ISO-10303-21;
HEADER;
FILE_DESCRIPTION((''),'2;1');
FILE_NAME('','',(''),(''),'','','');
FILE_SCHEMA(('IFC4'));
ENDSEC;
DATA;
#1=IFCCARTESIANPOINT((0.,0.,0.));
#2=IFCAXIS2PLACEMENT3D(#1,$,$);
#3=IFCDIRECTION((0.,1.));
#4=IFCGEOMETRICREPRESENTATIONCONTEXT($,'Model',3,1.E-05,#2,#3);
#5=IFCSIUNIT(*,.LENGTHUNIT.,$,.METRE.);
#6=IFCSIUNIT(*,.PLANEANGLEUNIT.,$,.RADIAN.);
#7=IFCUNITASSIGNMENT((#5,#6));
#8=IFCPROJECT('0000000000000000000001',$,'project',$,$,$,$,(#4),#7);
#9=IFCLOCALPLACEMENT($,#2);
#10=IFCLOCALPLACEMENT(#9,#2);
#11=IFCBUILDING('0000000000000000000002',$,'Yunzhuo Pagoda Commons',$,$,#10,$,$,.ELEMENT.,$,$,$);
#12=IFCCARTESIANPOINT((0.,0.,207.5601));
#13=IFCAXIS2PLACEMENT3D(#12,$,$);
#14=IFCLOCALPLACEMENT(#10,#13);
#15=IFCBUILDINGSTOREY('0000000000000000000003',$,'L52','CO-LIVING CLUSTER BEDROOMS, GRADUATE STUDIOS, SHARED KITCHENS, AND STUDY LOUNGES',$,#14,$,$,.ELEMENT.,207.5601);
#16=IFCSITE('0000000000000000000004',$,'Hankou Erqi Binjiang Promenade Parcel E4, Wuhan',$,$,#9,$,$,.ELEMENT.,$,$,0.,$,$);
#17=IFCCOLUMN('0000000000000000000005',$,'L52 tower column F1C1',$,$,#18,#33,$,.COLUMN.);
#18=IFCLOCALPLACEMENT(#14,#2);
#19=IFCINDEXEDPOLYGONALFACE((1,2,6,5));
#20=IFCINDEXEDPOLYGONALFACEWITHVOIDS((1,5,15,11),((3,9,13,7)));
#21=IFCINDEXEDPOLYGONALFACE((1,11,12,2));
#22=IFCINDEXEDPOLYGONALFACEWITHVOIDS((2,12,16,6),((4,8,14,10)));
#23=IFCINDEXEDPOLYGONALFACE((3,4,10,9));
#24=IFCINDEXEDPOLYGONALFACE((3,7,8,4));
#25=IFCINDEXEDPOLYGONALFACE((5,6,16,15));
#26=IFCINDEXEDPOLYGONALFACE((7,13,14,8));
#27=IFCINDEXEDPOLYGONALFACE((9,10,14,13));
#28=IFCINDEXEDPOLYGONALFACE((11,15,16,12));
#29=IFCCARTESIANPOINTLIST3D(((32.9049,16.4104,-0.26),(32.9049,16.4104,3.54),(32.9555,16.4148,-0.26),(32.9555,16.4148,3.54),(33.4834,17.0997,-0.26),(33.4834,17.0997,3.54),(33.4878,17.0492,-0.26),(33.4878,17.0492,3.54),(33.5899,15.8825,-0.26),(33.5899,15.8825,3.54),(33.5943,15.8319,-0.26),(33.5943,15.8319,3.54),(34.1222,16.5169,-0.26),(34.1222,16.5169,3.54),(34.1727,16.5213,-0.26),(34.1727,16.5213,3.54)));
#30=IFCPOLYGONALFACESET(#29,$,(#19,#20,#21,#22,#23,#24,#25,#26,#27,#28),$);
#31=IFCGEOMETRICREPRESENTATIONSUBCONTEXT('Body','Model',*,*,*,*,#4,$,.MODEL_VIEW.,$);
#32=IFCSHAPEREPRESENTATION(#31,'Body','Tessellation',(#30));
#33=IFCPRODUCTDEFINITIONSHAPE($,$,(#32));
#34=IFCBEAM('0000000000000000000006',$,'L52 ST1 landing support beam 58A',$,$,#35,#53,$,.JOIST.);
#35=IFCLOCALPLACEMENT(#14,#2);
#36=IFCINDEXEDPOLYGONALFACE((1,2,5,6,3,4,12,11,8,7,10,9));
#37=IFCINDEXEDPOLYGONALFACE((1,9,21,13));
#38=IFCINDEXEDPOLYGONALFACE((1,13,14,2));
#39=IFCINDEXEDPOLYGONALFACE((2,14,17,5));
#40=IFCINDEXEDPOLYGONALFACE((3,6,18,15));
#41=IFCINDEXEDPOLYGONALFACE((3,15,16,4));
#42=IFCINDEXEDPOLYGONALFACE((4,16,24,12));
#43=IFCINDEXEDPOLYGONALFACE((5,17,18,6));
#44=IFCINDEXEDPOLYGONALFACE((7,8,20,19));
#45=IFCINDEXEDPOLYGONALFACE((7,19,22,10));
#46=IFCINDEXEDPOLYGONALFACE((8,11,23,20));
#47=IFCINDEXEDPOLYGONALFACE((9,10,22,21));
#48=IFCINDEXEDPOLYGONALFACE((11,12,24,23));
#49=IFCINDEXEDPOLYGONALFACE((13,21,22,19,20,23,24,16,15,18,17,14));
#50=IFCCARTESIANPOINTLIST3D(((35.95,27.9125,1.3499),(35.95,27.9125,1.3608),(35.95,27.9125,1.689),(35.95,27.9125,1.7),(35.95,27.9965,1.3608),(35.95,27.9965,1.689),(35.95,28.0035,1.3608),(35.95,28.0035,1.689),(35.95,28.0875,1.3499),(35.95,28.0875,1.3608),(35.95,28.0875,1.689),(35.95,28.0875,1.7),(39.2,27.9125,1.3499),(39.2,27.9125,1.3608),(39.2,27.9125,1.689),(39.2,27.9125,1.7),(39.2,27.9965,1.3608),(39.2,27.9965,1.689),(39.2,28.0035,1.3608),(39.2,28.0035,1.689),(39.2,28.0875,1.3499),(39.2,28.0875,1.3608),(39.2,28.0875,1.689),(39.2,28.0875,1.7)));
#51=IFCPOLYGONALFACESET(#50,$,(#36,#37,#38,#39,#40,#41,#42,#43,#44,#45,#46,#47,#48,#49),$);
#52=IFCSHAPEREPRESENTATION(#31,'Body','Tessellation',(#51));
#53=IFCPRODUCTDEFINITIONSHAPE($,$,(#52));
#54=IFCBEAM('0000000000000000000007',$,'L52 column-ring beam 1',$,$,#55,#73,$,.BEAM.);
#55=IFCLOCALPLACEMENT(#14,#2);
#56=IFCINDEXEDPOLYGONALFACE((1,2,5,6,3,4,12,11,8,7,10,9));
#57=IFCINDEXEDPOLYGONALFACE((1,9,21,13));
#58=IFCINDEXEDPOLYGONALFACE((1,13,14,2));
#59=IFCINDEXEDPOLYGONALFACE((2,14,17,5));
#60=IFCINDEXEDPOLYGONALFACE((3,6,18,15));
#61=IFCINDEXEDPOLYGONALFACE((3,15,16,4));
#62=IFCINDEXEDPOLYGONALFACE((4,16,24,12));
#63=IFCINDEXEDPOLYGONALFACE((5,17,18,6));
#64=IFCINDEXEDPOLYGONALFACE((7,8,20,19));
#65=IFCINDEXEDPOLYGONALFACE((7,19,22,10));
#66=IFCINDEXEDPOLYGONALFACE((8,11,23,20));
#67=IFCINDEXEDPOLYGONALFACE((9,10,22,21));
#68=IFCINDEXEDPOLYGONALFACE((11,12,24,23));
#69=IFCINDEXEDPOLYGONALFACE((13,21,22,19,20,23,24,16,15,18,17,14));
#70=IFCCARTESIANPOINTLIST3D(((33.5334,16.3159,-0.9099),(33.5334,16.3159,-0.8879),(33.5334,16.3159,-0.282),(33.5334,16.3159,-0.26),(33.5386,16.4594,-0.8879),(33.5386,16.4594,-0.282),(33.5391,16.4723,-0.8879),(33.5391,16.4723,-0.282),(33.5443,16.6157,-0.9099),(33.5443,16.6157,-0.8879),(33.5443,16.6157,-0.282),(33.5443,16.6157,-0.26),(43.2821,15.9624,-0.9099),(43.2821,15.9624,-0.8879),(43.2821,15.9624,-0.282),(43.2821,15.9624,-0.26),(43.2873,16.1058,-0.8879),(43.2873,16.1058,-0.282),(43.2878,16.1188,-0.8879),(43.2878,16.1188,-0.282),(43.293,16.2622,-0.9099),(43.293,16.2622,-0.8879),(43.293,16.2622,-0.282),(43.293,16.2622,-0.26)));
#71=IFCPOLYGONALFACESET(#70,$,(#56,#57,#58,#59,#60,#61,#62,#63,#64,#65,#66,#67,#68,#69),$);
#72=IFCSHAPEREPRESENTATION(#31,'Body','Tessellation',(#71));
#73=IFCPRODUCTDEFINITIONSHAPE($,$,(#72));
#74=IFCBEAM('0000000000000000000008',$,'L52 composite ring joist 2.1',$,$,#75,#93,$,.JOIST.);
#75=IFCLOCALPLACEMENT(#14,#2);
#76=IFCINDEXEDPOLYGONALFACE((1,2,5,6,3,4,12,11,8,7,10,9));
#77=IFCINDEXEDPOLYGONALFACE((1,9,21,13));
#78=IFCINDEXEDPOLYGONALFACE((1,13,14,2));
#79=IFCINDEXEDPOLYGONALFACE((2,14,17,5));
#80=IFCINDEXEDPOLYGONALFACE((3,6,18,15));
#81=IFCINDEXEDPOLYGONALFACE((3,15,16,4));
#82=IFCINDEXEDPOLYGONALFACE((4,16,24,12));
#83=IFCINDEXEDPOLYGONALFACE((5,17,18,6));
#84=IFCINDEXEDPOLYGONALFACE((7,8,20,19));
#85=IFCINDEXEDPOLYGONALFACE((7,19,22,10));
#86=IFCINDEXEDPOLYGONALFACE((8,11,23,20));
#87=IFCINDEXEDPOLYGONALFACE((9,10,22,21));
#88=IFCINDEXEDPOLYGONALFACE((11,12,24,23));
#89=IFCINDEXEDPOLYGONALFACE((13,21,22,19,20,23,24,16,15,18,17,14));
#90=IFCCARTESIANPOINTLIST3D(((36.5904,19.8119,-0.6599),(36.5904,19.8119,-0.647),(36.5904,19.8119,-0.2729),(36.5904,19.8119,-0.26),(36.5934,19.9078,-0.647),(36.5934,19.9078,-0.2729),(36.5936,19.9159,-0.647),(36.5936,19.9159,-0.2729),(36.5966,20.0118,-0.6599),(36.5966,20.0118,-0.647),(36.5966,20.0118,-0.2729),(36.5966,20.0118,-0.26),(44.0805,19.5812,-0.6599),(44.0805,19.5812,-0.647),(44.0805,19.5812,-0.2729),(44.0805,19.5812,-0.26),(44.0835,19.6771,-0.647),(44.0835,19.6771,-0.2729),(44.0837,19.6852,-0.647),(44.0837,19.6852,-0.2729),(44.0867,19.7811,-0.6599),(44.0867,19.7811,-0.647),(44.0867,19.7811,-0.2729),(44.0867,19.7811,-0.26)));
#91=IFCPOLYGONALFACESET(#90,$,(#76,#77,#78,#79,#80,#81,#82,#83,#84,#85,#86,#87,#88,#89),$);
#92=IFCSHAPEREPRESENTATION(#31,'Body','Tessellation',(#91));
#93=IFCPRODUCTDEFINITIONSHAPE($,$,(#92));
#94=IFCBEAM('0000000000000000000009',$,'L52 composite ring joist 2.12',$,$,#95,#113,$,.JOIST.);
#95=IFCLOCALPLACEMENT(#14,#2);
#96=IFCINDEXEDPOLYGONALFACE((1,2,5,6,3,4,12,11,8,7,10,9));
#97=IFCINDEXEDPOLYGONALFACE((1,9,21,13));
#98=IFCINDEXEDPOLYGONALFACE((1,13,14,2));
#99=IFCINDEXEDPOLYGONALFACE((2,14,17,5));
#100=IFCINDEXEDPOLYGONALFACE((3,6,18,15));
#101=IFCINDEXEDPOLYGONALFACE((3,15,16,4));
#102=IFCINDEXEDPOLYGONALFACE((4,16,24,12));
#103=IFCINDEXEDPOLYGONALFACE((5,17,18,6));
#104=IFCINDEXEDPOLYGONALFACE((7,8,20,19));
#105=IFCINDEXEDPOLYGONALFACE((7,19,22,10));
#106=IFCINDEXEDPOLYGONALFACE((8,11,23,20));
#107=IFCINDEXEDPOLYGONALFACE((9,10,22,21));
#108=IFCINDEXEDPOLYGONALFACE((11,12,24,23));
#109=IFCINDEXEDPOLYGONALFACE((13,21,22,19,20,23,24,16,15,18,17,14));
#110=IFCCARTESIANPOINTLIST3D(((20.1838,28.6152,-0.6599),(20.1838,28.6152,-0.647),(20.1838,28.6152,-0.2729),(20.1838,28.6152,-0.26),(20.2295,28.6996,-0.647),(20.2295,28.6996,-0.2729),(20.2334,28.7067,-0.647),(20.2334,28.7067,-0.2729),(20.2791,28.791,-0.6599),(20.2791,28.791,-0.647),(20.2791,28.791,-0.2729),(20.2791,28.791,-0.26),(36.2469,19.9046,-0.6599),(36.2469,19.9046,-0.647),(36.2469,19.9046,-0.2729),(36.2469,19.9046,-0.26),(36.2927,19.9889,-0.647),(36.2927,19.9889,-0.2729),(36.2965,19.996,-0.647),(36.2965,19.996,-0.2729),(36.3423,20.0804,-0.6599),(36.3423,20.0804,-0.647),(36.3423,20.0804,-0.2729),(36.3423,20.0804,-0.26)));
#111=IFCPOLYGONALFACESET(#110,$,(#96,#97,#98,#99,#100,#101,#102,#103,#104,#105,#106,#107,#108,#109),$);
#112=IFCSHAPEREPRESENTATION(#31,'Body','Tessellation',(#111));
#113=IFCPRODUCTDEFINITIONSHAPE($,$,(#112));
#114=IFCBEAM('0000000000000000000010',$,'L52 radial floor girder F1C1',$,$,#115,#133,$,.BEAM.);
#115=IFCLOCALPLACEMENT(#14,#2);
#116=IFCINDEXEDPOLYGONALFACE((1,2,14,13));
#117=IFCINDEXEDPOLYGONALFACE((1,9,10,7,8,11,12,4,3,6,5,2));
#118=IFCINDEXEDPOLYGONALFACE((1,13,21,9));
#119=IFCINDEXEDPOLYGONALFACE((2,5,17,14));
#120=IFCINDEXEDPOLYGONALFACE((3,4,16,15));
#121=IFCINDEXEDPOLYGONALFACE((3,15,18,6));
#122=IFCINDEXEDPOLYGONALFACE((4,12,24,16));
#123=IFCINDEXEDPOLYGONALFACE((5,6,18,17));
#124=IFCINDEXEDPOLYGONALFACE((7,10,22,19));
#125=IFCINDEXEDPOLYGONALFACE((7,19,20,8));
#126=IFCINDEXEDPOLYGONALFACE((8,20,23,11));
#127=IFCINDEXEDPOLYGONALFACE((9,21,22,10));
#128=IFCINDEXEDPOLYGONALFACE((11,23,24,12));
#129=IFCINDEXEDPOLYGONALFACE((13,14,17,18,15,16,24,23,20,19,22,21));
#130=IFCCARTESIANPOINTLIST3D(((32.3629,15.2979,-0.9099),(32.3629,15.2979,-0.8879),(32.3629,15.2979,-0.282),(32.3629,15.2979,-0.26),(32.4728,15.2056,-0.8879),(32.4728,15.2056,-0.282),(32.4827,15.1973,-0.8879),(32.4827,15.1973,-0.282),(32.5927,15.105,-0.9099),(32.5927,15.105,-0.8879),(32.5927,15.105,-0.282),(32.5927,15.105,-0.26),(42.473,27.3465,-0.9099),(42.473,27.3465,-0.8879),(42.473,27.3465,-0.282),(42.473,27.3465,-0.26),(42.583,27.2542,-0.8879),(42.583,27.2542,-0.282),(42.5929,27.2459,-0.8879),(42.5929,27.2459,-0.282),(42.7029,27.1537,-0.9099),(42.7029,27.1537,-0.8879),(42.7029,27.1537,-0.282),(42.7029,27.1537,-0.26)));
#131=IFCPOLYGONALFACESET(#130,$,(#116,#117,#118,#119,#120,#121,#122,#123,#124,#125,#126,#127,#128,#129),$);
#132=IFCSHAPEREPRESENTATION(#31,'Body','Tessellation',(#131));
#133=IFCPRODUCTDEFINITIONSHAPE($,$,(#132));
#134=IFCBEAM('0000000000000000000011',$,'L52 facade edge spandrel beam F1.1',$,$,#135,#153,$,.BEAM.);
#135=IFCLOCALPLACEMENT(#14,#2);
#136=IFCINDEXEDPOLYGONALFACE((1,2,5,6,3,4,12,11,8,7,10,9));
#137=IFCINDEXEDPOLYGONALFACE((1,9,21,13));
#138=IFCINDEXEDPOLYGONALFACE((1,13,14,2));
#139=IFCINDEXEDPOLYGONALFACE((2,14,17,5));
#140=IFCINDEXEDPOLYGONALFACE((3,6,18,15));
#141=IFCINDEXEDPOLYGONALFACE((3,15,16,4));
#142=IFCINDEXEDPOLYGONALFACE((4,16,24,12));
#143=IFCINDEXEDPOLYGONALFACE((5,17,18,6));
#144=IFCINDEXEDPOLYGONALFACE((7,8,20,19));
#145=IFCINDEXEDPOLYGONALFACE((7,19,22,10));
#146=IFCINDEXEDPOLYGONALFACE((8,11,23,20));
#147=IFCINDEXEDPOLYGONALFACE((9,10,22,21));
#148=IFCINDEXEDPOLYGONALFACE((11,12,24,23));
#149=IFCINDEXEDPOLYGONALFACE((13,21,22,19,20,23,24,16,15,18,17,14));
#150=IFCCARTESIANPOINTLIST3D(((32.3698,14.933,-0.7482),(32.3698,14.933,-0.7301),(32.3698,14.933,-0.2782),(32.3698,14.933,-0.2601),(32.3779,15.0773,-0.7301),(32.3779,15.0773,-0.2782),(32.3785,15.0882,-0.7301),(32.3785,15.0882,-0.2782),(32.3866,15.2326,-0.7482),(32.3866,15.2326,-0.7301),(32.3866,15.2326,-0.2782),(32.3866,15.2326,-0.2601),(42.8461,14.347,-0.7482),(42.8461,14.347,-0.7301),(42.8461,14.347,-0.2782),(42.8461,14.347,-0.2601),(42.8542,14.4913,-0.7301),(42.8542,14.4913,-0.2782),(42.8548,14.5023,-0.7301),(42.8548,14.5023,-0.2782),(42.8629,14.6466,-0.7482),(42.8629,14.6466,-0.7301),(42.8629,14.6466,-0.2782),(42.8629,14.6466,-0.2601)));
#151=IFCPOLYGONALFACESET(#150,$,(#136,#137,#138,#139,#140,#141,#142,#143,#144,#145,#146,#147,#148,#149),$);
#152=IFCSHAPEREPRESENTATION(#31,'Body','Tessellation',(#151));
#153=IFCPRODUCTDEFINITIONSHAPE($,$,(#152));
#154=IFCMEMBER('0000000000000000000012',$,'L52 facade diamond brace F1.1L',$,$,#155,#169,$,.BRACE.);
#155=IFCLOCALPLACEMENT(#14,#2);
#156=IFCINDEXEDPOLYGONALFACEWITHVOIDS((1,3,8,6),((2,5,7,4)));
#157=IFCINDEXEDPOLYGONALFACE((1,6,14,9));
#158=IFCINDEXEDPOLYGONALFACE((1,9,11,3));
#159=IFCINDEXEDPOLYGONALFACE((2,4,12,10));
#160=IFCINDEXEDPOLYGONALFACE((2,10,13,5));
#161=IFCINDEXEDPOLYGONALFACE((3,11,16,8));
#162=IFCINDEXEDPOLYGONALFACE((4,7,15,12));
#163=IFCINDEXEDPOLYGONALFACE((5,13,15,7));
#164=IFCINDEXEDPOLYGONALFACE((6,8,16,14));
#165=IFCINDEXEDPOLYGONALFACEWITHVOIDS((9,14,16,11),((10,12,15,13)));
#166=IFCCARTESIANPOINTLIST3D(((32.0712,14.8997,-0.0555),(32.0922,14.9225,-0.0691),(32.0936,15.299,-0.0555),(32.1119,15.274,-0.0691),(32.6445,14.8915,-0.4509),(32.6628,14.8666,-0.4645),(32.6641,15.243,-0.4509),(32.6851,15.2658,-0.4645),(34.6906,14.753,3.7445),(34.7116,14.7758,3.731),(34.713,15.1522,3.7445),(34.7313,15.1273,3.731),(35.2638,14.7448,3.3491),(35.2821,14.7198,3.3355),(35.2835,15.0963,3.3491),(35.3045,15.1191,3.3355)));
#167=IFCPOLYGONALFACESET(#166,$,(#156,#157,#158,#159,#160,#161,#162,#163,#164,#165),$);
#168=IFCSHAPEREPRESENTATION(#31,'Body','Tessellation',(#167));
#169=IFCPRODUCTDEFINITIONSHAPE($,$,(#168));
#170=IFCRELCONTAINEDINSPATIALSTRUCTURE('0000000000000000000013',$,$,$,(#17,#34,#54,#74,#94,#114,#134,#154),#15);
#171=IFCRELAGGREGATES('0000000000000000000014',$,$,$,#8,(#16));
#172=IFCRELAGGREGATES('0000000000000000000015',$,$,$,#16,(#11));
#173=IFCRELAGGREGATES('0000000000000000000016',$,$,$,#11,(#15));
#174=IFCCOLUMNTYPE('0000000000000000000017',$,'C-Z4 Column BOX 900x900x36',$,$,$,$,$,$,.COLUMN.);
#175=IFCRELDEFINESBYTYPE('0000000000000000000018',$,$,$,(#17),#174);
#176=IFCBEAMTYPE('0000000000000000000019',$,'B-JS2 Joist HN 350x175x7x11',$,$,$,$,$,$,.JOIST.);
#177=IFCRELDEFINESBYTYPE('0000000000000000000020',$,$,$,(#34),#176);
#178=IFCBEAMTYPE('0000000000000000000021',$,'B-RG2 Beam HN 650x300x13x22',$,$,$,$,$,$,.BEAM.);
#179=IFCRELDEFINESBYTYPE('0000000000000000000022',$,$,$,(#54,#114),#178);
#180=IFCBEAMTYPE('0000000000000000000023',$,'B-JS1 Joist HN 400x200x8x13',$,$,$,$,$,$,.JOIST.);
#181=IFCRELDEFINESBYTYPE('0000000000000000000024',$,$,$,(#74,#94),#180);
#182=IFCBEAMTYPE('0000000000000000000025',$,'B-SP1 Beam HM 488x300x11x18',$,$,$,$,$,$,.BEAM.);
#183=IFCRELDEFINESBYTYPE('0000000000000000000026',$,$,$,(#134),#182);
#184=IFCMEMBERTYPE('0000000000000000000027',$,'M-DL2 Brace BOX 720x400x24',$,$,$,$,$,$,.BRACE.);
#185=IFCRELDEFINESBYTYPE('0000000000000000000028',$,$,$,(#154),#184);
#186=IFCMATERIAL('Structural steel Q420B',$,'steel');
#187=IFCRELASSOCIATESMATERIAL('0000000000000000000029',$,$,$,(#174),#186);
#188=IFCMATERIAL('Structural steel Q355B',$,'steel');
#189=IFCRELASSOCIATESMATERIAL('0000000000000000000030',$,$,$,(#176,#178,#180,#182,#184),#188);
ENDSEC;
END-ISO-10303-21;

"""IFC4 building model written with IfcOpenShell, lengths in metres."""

from ifc_helpers import new_model, si_unit, direction, frame, origin, origin_2d, place, context, subcontext, project, spatial, hollow_rectangle, i_section, extrude, source, transform, mapped, material, material_profile, profile_set, type_object, element, save


model = new_model("IFC4")

# Units and contexts
model_context = context("Model", 3, precision=1e-05, world=origin(), true_north=direction((0.0, 1.0)))
body_context = subcontext(model_context, "Body", "Model", "MODEL_VIEW")
ifc_project = project(units=[si_unit("LENGTHUNIT", "METRE"), si_unit("PLANEANGLEUNIT", "RADIAN")], contexts=[model_context])

# Site, building, storey
site_placement = place(None, origin())
site = spatial("IfcSite", under=ifc_project, at=site_placement, Name="Hankou Erqi Binjiang Promenade Parcel E4, Wuhan", CompositionType="ELEMENT", RefElevation=0.0)
building_placement = place(site_placement, origin())
building = spatial("IfcBuilding", under=site, at=building_placement, Name="Yunzhuo Pagoda Commons", CompositionType="ELEMENT")
storey_placement = place(building_placement, frame((0.0, 0.0, 207.5601)))
storey = spatial("IfcBuildingStorey", under=building, at=storey_placement, Name="L52", Description="CO-LIVING CLUSTER BEDROOMS, GRADUATE STUDIOS, SHARED KITCHENS, AND STUDY LOUNGES", CompositionType="ELEMENT", Elevation=207.5601)

# Column
ifc_material_1 = material(Name="Structural steel Q420B", Category="steel")
ifc_material_profile_1 = material_profile(ifc_material_1, hollow_rectangle(XDim=0.8999, YDim=0.8999, WallThickness=0.0359, at=origin_2d()), Name="Structural steel Q420B")
ifc_profile_set_1 = profile_set([ifc_material_profile_1], Name="Structural steel Q420B")
column_type = type_object("IfcColumnType", Name="C-Z4 Column BOX 900x900x36", PredefinedType="COLUMN", material=ifc_profile_set_1)
shared_shape_1 = source(origin(), body_context, "Body", "SweptSolid", [
    extrude(hollow_rectangle(XDim=0.8999, YDim=0.8999, WallThickness=0.0359, at=origin_2d()), origin(), (0.0, 0.0, 1.0), 3.8),
])
column_placement = place(storey_placement, frame((33.5388, 16.4658, -0.26), z_axis=(0.0, 0.0, 1.0), x_axis=(0.766044, -0.642788, 0.0)))
element("IfcColumn", 1, at=column_placement, inside=storey, type_object=column_type, Name="L52 tower column F1C1", PredefinedType="COLUMN", context=body_context, shape_type="MappedRepresentation", body=[
    mapped(shared_shape_1, transform((0.0, 0.0, 0.0), scale=1.0)),
])

# Beams
ifc_material_2 = material(Name="Structural steel Q355B", Category="steel")
ifc_material_profile_2 = material_profile(ifc_material_2, i_section(OverallWidth=0.175, OverallDepth=0.3501, WebThickness=0.0071, FlangeThickness=0.011, at=origin_2d()), Name="Structural steel Q355B")
ifc_profile_set_2 = profile_set([ifc_material_profile_2], Name="Structural steel Q355B")
beam_type_1 = type_object("IfcBeamType", Name="B-JS2 Joist HN 350x175x7x11", PredefinedType="JOIST", material=ifc_profile_set_2)
shared_shape_2 = source(origin(), body_context, "Body", "SweptSolid", [
    extrude(i_section(OverallWidth=0.175, OverallDepth=0.3501, WebThickness=0.0071, FlangeThickness=0.011, at=origin_2d()), origin(), (0.0, 0.0, 1.0), 3.25),
])
beam_1_placement = place(storey_placement, frame((35.95, 28.0, 1.5249), z_axis=(1.0, 0.0, 0.0), x_axis=(0.0, 1.0, 0.0)))
element("IfcBeam", 2, at=beam_1_placement, inside=storey, type_object=beam_type_1, Name="L52 ST1 landing support beam 58A", PredefinedType="JOIST", context=body_context, shape_type="MappedRepresentation", body=[
    mapped(shared_shape_2, transform((0.0, 0.0, 0.0), scale=1.0)),
])
ifc_material_profile_3 = material_profile(ifc_material_2, i_section(OverallWidth=0.3, OverallDepth=0.6499, WebThickness=0.0129, FlangeThickness=0.022, at=origin_2d()), Name="Structural steel Q355B")
ifc_profile_set_3 = profile_set([ifc_material_profile_3], Name="Structural steel Q355B")
beam_type_2 = type_object("IfcBeamType", Name="B-RG2 Beam HN 650x300x13x22", PredefinedType="BEAM", material=ifc_profile_set_3)
shared_shape_3 = source(origin(), body_context, "Body", "SweptSolid", [
    extrude(i_section(OverallWidth=0.3, OverallDepth=0.6499, WebThickness=0.0129, FlangeThickness=0.022, at=origin_2d()), origin(), (0.0, 0.0, 1.0), 9.7551),
])
beam_2_placement = place(storey_placement, frame((33.5388, 16.4658, -0.585), z_axis=(0.999343, -0.036239, 0.0), x_axis=(0.036239, 0.999343, 0.0)))
element("IfcBeam", 3, at=beam_2_placement, inside=storey, type_object=beam_type_2, Name="L52 column-ring beam 1", PredefinedType="BEAM", context=body_context, shape_type="MappedRepresentation", body=[
    mapped(shared_shape_3, transform((0.0, 0.0, 0.0), scale=1.0)),
])
ifc_material_profile_4 = material_profile(ifc_material_2, i_section(OverallWidth=0.2, OverallDepth=0.3999, WebThickness=0.0081, FlangeThickness=0.0129, at=origin_2d()), Name="Structural steel Q355B")
ifc_profile_set_4 = profile_set([ifc_material_profile_4], Name="Structural steel Q355B")
beam_type_3 = type_object("IfcBeamType", Name="B-JS1 Joist HN 400x200x8x13", PredefinedType="JOIST", material=ifc_profile_set_4)
shared_shape_4 = source(origin(), body_context, "Body", "SweptSolid", [
    extrude(i_section(OverallWidth=0.2, OverallDepth=0.3999, WebThickness=0.0081, FlangeThickness=0.0129, at=origin_2d()), origin(), (0.0, 0.0, 1.0), 7.4937),
])
beam_3_placement = place(storey_placement, frame((36.5935, 19.9119, -0.46), z_axis=(0.999526, -0.030788, 0.0), x_axis=(0.030788, 0.999526, 0.0)))
element("IfcBeam", 4, at=beam_3_placement, inside=storey, type_object=beam_type_3, Name="L52 composite ring joist 2.1", PredefinedType="JOIST", context=body_context, shape_type="MappedRepresentation", body=[
    mapped(shared_shape_4, transform((0.0, 0.0, 0.0), scale=1.0)),
])
shared_shape_5 = source(origin(), body_context, "Body", "SweptSolid", [
    extrude(i_section(OverallWidth=0.2, OverallDepth=0.3999, WebThickness=0.0081, FlangeThickness=0.0129, at=origin_2d()), origin(), (0.0, 0.0, 1.0), 18.2729),
])
beam_4_placement = place(storey_placement, frame((20.2314, 28.7031, -0.46), z_axis=(0.879068, -0.476697, 0.0), x_axis=(0.476697, 0.879068, 0.0)))
element("IfcBeam", 5, at=beam_4_placement, inside=storey, type_object=beam_type_3, Name="L52 composite ring joist 2.12", PredefinedType="JOIST", context=body_context, shape_type="MappedRepresentation", body=[
    mapped(shared_shape_5, transform((0.0, 0.0, 0.0), scale=1.0)),
])
shared_shape_6 = source(origin(), body_context, "Body", "SweptSolid", [
    extrude(i_section(OverallWidth=0.3, OverallDepth=0.6499, WebThickness=0.0129, FlangeThickness=0.022, at=origin_2d()), origin(), (0.0, 0.0, 1.0), 15.7285),
])
beam_5_placement = place(storey_placement, frame((32.4778, 15.2014, -0.585), z_axis=(0.642793, 0.76604, 0.0), x_axis=(-0.76604, 0.642793, 0.0)))
element("IfcBeam", 6, at=beam_5_placement, inside=storey, type_object=beam_type_2, Name="L52 radial floor girder F1C1", PredefinedType="BEAM", context=body_context, shape_type="MappedRepresentation", body=[
    mapped(shared_shape_6, transform((0.0, 0.0, 0.0), scale=1.0)),
])
ifc_material_profile_5 = material_profile(ifc_material_2, i_section(OverallWidth=0.3, OverallDepth=0.488, WebThickness=0.011, FlangeThickness=0.0181, at=origin_2d()), Name="Structural steel Q355B")
ifc_profile_set_5 = profile_set([ifc_material_profile_5], Name="Structural steel Q355B")
beam_type_4 = type_object("IfcBeamType", Name="B-SP1 Beam HM 488x300x11x18", PredefinedType="BEAM", material=ifc_profile_set_5)
shared_shape_7 = source(origin(), body_context, "Body", "SweptSolid", [
    extrude(i_section(OverallWidth=0.3, OverallDepth=0.488, WebThickness=0.011, FlangeThickness=0.0181, at=origin_2d()), origin(), (0.0, 0.0, 1.0), 10.4927),
])
beam_6_placement = place(storey_placement, frame((32.3782, 15.0828, -0.5042), z_axis=(0.99844, -0.055842, 0.0), x_axis=(0.055842, 0.99844, 0.0)))
element("IfcBeam", 7, at=beam_6_placement, inside=storey, type_object=beam_type_4, Name="L52 facade edge spandrel beam F1.1", PredefinedType="BEAM", context=body_context, shape_type="MappedRepresentation", body=[
    mapped(shared_shape_7, transform((0.0, 0.0, 0.0), scale=1.0)),
])

# Member
ifc_material_profile_6 = material_profile(ifc_material_2, hollow_rectangle(XDim=0.3999, YDim=0.72, WallThickness=0.0239, at=origin_2d()), Name="Structural steel Q355B")
ifc_profile_set_6 = profile_set([ifc_material_profile_6], Name="Structural steel Q355B")
member_type_1 = type_object("IfcMemberType", Name="M-DL2 Brace BOX 720x400x24", PredefinedType="BRACE", material=ifc_profile_set_6)
shared_shape_8 = source(origin(), body_context, "Body", "SweptSolid", [
    extrude(hollow_rectangle(XDim=0.3999, YDim=0.72, WallThickness=0.0239, at=origin_2d()), origin(), (0.0, 0.0, 1.0), 4.6177),
])
member_1_placement = place(storey_placement, frame((32.3782, 15.0828, -0.26), z_axis=(0.56725, -0.031775, 0.822933), x_axis=(0.055929, 0.998435, 0.0)))
element("IfcMember", 8, at=member_1_placement, inside=storey, type_object=member_type_1, Name="L52 facade diamond brace F1.1L", PredefinedType="BRACE", context=body_context, shape_type="MappedRepresentation", body=[
    mapped(shared_shape_8, transform((0.0, 0.0, 0.0), scale=1.0)),
])

save(model, "model.ifc")
